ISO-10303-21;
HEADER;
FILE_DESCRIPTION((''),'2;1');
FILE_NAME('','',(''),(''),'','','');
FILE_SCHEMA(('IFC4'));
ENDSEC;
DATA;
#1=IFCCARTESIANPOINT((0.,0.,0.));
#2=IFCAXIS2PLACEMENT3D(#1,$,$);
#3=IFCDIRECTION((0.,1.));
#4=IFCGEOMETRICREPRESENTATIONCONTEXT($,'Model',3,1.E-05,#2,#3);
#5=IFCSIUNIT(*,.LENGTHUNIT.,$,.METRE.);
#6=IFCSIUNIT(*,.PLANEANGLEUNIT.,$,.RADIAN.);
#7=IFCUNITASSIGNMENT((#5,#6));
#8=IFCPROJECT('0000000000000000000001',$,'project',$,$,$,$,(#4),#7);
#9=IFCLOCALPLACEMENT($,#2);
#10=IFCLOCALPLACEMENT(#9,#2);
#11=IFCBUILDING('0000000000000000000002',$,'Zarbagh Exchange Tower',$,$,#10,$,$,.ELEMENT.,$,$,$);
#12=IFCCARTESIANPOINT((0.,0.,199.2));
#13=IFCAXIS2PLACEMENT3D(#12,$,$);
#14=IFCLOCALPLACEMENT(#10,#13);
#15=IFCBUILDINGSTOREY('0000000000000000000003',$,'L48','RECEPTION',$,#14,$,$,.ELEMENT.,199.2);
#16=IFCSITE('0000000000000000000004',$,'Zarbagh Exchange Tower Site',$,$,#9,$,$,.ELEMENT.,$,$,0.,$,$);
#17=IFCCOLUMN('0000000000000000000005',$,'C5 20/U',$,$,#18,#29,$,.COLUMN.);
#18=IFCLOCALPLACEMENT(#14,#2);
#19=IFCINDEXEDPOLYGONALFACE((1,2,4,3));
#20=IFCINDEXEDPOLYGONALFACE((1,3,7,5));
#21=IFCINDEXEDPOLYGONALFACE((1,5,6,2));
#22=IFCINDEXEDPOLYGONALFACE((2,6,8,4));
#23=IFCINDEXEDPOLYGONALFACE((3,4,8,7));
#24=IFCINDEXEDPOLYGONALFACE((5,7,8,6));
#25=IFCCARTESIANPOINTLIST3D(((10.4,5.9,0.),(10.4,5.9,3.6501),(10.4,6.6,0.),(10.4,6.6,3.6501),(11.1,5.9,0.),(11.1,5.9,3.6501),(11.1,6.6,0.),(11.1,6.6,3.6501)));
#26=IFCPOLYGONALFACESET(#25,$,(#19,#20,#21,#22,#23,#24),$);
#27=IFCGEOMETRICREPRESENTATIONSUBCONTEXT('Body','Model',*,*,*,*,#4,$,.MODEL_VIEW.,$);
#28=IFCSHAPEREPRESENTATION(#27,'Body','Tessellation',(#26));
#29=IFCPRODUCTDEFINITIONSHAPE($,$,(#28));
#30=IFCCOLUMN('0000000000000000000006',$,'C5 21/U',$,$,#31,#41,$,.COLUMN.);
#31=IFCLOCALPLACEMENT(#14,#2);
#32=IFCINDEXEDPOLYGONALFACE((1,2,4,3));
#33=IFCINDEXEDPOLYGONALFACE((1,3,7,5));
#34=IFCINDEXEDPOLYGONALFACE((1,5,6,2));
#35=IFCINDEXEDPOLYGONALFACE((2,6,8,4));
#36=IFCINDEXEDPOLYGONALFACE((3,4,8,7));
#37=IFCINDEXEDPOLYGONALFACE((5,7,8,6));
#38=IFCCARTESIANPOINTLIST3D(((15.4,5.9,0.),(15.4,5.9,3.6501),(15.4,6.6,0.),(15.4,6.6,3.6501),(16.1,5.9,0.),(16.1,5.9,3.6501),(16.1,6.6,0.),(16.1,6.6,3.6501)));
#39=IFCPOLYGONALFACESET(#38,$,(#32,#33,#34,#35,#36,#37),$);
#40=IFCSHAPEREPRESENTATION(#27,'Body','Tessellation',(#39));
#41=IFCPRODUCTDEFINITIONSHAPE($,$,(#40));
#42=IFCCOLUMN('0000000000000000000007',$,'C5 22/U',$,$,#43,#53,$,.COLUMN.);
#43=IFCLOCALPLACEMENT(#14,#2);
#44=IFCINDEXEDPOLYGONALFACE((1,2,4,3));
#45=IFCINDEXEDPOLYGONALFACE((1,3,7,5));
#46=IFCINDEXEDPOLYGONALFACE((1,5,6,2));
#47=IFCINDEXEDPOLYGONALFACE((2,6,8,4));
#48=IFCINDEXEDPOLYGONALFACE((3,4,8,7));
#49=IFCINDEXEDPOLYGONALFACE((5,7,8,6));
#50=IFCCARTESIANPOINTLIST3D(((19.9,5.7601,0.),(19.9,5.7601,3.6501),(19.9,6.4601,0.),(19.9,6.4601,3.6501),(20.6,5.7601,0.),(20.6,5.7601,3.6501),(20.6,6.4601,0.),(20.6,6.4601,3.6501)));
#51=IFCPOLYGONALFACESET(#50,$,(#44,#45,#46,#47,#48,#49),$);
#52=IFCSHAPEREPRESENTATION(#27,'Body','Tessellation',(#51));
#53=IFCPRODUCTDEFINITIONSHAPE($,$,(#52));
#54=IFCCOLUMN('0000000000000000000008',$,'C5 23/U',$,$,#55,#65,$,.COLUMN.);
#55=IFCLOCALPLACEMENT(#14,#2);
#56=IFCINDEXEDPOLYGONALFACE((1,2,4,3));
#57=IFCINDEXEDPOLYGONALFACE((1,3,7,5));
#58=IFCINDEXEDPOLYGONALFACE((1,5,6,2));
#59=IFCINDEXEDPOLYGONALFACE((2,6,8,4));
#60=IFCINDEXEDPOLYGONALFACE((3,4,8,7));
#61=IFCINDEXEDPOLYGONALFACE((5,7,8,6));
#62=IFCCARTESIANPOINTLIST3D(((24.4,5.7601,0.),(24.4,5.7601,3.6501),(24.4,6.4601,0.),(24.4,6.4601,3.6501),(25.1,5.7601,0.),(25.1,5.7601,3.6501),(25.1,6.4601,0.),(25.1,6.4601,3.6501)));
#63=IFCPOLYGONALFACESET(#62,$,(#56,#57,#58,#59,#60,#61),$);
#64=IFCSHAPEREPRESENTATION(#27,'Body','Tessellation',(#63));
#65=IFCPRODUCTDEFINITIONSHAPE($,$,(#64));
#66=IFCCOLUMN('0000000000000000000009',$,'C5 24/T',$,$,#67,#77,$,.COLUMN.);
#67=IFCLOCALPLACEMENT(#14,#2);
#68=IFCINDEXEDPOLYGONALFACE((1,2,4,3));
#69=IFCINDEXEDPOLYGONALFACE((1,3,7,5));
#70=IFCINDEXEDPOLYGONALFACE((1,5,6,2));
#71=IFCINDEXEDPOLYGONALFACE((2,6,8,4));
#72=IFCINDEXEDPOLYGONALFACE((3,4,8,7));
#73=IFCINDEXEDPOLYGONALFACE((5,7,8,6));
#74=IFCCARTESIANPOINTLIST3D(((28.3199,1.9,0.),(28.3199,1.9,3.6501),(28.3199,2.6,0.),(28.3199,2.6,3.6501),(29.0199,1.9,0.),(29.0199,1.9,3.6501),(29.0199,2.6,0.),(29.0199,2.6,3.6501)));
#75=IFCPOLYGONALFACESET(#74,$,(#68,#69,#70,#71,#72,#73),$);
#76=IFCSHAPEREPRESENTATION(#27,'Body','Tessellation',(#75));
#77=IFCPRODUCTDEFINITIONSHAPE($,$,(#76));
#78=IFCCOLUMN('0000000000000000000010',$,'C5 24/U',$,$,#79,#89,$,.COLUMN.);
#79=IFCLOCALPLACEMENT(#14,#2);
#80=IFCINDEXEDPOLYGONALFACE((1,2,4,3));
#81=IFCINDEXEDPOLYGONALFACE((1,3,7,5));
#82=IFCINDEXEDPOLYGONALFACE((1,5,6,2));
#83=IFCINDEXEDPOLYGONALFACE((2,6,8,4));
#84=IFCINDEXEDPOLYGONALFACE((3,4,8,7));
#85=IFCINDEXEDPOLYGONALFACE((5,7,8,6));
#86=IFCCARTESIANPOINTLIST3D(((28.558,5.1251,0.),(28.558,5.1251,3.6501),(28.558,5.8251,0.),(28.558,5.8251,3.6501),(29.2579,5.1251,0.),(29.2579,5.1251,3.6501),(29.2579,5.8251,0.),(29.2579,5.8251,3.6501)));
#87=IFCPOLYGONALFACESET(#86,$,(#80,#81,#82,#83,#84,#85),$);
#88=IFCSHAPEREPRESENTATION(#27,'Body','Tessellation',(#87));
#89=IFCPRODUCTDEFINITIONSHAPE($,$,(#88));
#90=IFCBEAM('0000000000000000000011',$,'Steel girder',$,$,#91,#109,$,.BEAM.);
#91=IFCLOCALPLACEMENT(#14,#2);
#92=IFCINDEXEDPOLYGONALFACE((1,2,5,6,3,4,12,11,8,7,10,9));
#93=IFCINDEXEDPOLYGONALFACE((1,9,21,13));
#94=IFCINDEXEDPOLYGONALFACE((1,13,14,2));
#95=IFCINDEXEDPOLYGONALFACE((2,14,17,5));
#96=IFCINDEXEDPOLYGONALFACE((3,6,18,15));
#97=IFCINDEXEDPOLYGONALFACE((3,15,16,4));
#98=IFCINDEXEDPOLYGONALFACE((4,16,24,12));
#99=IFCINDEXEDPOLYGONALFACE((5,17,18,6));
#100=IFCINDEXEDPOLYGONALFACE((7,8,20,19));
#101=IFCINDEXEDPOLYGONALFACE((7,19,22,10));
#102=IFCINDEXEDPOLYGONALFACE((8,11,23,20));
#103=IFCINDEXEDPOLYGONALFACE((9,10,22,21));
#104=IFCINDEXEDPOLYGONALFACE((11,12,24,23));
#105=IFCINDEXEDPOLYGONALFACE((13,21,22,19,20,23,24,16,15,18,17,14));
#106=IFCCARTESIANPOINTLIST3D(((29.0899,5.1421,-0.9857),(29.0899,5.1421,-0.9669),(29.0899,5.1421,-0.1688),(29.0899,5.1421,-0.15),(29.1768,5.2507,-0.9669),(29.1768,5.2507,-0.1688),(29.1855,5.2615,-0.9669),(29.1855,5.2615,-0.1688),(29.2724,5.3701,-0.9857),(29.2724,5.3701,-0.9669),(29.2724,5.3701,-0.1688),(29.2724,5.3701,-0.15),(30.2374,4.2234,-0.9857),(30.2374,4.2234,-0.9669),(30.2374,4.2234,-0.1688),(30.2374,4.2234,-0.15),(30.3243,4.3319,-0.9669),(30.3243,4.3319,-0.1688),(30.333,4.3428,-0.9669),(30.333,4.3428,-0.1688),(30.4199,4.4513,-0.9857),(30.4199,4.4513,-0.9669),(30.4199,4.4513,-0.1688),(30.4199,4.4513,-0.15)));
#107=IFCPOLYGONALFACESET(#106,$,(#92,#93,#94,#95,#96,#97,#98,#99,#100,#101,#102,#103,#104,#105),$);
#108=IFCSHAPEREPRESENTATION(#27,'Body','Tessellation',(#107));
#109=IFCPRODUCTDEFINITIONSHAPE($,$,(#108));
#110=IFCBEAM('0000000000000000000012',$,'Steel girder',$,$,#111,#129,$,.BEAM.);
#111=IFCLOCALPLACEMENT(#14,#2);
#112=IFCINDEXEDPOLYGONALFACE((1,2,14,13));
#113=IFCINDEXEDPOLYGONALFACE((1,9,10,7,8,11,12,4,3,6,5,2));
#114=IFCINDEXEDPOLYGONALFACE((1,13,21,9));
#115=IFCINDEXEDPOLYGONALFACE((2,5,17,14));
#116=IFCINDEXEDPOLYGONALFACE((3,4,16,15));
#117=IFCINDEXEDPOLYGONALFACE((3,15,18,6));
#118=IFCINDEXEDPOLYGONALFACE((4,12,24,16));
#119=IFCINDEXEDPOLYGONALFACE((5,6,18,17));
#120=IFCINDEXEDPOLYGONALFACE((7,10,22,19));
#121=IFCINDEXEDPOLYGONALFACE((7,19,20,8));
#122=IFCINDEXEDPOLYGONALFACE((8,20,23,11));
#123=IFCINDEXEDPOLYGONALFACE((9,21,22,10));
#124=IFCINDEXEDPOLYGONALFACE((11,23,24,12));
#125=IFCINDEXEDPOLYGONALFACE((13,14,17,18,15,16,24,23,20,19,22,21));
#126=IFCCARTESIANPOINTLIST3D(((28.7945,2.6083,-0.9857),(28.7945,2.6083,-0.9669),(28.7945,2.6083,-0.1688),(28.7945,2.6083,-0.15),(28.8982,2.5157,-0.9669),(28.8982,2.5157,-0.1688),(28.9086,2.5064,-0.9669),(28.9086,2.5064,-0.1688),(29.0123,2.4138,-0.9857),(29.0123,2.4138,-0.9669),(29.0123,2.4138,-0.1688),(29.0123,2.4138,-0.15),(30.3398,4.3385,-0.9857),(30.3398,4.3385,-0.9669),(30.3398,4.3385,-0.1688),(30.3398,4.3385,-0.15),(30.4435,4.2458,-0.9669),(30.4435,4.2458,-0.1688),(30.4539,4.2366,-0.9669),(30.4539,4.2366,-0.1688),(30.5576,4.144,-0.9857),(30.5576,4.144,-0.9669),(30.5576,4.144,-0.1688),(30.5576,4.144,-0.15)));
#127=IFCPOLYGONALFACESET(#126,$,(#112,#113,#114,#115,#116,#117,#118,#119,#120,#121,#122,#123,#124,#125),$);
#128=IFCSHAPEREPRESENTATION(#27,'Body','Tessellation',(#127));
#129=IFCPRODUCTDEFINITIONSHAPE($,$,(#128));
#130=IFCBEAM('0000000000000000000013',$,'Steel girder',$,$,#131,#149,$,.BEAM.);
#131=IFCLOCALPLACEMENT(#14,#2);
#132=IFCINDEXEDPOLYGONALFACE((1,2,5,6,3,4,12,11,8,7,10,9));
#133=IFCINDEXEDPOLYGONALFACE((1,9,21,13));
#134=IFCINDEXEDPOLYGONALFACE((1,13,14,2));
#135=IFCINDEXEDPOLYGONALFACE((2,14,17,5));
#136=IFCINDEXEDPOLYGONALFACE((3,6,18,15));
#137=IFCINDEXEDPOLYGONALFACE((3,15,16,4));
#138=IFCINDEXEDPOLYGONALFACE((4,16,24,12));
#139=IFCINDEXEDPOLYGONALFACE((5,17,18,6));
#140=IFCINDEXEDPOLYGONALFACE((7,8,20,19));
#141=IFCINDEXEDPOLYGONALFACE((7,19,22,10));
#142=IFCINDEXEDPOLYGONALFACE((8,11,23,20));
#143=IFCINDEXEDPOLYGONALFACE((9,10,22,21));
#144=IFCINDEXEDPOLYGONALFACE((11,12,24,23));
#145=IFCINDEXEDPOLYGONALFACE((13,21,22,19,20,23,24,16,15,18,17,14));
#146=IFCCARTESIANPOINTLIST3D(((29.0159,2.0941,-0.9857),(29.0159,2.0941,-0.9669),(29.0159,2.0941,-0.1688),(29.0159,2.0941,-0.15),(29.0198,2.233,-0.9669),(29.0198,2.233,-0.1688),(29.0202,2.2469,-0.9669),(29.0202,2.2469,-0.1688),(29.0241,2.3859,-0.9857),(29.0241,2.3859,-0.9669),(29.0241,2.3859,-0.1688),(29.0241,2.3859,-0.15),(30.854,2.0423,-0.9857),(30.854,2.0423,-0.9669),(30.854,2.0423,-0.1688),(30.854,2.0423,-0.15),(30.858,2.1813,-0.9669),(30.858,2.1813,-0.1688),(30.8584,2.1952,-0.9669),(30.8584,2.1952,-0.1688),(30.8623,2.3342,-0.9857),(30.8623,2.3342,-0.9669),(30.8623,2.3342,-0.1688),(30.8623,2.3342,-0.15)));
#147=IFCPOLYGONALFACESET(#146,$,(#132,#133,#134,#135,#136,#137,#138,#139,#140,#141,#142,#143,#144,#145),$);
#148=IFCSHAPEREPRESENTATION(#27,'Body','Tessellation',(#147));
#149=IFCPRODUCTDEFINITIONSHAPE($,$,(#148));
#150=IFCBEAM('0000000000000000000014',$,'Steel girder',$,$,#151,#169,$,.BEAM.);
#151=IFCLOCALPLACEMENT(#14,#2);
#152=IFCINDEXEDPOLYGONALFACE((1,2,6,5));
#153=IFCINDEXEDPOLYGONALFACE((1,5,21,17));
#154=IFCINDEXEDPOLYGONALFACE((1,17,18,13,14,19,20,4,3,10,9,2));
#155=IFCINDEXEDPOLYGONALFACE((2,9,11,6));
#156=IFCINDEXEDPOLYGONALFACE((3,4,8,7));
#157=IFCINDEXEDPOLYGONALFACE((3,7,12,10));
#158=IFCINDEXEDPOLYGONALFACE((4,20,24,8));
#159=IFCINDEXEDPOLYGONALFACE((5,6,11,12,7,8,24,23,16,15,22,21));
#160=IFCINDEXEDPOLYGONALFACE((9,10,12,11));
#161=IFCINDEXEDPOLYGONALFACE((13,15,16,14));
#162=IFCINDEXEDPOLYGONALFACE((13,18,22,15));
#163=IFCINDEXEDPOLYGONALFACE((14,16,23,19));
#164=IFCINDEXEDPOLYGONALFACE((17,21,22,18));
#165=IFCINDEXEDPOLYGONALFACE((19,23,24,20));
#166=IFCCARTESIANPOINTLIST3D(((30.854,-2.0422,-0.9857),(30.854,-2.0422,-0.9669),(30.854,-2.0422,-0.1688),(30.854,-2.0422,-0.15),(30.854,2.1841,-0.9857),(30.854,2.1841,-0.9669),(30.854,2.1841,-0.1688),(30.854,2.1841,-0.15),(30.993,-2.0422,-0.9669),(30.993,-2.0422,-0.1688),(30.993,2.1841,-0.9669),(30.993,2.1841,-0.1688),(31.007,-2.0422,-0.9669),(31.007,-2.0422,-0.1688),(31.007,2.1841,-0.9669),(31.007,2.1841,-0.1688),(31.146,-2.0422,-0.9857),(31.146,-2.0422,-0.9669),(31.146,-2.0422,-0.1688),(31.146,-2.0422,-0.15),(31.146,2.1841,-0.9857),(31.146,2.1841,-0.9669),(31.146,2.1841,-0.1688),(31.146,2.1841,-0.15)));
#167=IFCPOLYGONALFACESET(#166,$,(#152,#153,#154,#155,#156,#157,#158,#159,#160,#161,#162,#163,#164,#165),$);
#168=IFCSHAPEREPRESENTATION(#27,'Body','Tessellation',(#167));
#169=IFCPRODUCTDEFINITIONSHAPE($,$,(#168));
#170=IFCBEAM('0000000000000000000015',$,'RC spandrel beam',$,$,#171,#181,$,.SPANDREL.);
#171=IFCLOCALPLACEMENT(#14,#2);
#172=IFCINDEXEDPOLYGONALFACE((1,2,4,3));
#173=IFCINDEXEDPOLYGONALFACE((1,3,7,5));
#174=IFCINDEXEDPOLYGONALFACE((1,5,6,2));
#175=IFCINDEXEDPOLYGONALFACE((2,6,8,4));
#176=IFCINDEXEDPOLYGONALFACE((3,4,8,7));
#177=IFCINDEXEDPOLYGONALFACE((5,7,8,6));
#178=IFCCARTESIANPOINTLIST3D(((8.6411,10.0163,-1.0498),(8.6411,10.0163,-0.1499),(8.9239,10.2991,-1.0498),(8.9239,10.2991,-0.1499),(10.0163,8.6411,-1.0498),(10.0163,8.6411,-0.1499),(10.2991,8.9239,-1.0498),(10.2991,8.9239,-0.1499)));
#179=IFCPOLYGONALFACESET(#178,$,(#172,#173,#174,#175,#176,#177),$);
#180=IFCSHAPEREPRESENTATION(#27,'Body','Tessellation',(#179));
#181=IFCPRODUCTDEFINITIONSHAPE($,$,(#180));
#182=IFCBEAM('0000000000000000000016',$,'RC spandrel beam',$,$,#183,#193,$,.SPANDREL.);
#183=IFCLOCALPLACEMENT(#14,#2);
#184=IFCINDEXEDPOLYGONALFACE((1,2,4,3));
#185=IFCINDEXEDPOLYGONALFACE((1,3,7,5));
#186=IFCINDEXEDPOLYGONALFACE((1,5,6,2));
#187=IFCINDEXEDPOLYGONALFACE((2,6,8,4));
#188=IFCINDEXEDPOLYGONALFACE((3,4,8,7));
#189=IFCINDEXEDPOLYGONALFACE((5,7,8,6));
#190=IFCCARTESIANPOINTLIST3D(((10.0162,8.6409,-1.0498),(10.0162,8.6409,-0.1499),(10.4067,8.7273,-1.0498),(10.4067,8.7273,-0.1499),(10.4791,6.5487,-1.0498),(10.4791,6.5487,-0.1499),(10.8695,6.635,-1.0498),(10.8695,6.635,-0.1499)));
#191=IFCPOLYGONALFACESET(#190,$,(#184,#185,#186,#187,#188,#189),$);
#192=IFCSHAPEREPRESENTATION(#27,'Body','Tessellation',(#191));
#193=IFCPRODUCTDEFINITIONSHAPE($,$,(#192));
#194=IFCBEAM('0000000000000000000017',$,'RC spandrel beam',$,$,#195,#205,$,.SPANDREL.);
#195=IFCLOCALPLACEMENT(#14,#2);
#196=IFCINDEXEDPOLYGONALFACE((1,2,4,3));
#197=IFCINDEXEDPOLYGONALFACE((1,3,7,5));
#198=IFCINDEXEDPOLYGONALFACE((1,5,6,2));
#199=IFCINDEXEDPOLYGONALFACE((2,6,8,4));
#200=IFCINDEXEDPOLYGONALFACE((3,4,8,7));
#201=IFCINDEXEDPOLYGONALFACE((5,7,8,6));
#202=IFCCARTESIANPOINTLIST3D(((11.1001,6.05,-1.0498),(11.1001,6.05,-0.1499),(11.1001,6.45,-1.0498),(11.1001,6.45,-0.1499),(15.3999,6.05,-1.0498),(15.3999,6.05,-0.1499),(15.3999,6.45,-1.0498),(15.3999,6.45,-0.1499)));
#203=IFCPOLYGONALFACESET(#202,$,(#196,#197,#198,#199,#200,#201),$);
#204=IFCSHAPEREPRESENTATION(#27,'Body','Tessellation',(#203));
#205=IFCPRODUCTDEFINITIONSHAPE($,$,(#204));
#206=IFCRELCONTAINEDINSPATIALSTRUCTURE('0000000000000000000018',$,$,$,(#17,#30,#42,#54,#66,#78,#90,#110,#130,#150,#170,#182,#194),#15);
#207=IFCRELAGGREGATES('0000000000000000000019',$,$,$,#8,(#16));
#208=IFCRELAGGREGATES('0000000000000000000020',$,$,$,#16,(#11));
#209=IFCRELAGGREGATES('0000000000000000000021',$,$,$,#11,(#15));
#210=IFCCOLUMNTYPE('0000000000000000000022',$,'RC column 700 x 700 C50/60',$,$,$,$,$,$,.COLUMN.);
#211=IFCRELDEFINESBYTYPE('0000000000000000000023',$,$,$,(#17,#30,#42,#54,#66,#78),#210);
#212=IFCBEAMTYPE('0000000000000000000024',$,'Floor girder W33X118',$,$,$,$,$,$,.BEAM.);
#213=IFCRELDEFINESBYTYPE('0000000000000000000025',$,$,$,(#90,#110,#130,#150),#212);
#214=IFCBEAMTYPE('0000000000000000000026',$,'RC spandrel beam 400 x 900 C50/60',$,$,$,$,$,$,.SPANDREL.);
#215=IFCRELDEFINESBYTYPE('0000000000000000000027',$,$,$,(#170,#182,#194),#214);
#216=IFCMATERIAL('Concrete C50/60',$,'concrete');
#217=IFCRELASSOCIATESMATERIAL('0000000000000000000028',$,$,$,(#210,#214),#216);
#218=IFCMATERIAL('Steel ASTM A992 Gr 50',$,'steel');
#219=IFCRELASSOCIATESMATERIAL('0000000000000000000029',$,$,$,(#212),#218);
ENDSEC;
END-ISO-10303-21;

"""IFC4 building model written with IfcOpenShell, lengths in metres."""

from ifc_helpers import new_model, si_unit, direction, frame, origin, origin_2d, place, context, subcontext, project, spatial, rectangle, i_section, extrude, material, material_profile, profile_set, type_object, element, save


model = new_model("IFC4")

# Units and contexts
model_context = context("Model", 3, precision=1e-05, world=origin(), true_north=direction((0.0, 1.0)))
body_context = subcontext(model_context, "Body", "Model", "MODEL_VIEW")
ifc_project = project(units=[si_unit("LENGTHUNIT", "METRE"), si_unit("PLANEANGLEUNIT", "RADIAN")], contexts=[model_context])

# Site, building, storey
site_placement = place(None, origin())
site = spatial("IfcSite", under=ifc_project, at=site_placement, Name="Zarbagh Exchange Tower Site", CompositionType="ELEMENT", RefElevation=0.0)
building_placement = place(site_placement, origin())
building = spatial("IfcBuilding", under=site, at=building_placement, Name="Zarbagh Exchange Tower", CompositionType="ELEMENT")
storey_placement = place(building_placement, frame((0.0, 0.0, 199.2)))
storey = spatial("IfcBuildingStorey", under=building, at=storey_placement, Name="L48", Description="RECEPTION", CompositionType="ELEMENT", Elevation=199.2)

# Columns
ifc_material_1 = material(Name="Concrete C50/60", Category="concrete")
ifc_material_profile_1 = material_profile(ifc_material_1, rectangle(XDim=0.7, YDim=0.7, at=origin_2d()), Name="RC column 700 x 700 C50/60")
ifc_profile_set_1 = profile_set([ifc_material_profile_1], Name="Concrete C50/60")
column_type = type_object("IfcColumnType", Name="RC column 700 x 700 C50/60", PredefinedType="COLUMN", material=ifc_profile_set_1)
for number, where, z_axis, x_axis, name in (
    (1, (10.75, 6.25, 0.0), (0.0, 0.0, 1.0), (1.0, 0.0, 0.0), "C5 20/U"),
    (2, (15.75, 6.25, 0.0), (0.0, 0.0, 1.0), (1.0, 0.0, 0.0), "C5 21/U"),
    (3, (20.25, 6.1101, 0.0), (0.0, 0.0, 1.0), (1.0, 0.0, 0.0), "C5 22/U"),
    (4, (24.75, 6.1101, 0.0), (0.0, 0.0, 1.0), (1.0, 0.0, 0.0), "C5 23/U"),
    (5, (28.6699, 2.25, 0.0), (0.0, 0.0, 1.0), (1.0, 0.0, 0.0), "C5 24/T"),
    (6, (28.908, 5.4751, 0.0), (0.0, 0.0, 1.0), (1.0, 0.0, 0.0), "C5 24/U"),
):
    element("IfcColumn", number, at=place(storey_placement, frame(where, z_axis=z_axis, x_axis=x_axis)), inside=storey, type_object=column_type, Name=name, PredefinedType="COLUMN", context=body_context, shape_type="SweptSolid", body=[
        extrude(rectangle(XDim=0.7, YDim=0.7, at=origin_2d()), origin(), (0.0, 0.0, 1.0), 3.6501),
    ])

# Beams
ifc_material_2 = material(Name="Steel ASTM A992 Gr 50", Category="steel")
ifc_material_profile_2 = material_profile(ifc_material_2, i_section(OverallWidth=0.292, OverallDepth=0.8357, WebThickness=0.0139, FlangeThickness=0.0188, at=origin_2d()), Name="W33X118")
ifc_profile_set_2 = profile_set([ifc_material_profile_2], Name="Steel ASTM A992 Gr 50")
beam_type_1 = type_object("IfcBeamType", Name="Floor girder W33X118", PredefinedType="BEAM", material=ifc_profile_set_2)
beam_1_placement = place(storey_placement, frame((29.1812, 5.2561, -0.5679), z_axis=(0.780626, -0.624999, 0.0), x_axis=(0.624999, 0.780626, 0.0)))
element("IfcBeam", 7, at=beam_1_placement, inside=storey, type_object=beam_type_1, Name="Steel girder", PredefinedType="BEAM", context=body_context, shape_type="SweptSolid", body=[
    extrude(i_section(OverallWidth=0.292, OverallDepth=0.8357, WebThickness=0.0139, FlangeThickness=0.0188, at=origin_2d()), origin(), (0.0, 0.0, 1.0), 1.47),
])
beam_2_placement = place(storey_placement, frame((30.4487, 4.2412, -0.5679), z_axis=(-0.666152, -0.745816, 0.0), x_axis=(0.745816, -0.666152, 0.0)))
element("IfcBeam", 8, at=beam_2_placement, inside=storey, type_object=beam_type_1, Name="Steel girder", PredefinedType="BEAM", context=body_context, shape_type="SweptSolid", body=[
    extrude(i_section(OverallWidth=0.292, OverallDepth=0.8357, WebThickness=0.0139, FlangeThickness=0.0188, at=origin_2d()), origin(), (0.0, 0.0, 1.0), 2.3198),
])
beam_3_placement = place(storey_placement, frame((29.02, 2.24, -0.5679), z_axis=(0.999604, -0.028147, 0.0), x_axis=(0.028147, 0.999604, 0.0)))
element("IfcBeam", 9, at=beam_3_placement, inside=storey, type_object=beam_type_1, Name="Steel girder", PredefinedType="BEAM", context=body_context, shape_type="SweptSolid", body=[
    extrude(i_section(OverallWidth=0.292, OverallDepth=0.8357, WebThickness=0.0139, FlangeThickness=0.0188, at=origin_2d()), origin(), (0.0, 0.0, 1.0), 1.8389),
])
beam_4_placement = place(storey_placement, frame((31.0, 2.1841, -0.5679), z_axis=(0.0, -1.0, 0.0), x_axis=(1.0, 0.0, 0.0)))
element("IfcBeam", 10, at=beam_4_placement, inside=storey, type_object=beam_type_1, Name="Steel girder", PredefinedType="BEAM", context=body_context, shape_type="SweptSolid", body=[
    extrude(i_section(OverallWidth=0.292, OverallDepth=0.8357, WebThickness=0.0139, FlangeThickness=0.0188, at=origin_2d()), origin(), (0.0, 0.0, 1.0), 4.2263),
])
ifc_material_profile_3 = material_profile(ifc_material_1, rectangle(XDim=0.3999, YDim=0.8999, at=origin_2d()), Name="RC spandrel beam 400 x 900 C50/60")
ifc_profile_set_3 = profile_set([ifc_material_profile_3], Name="Concrete C50/60")
beam_type_2 = type_object("IfcBeamType", Name="RC spandrel beam 400 x 900 C50/60", PredefinedType="SPANDREL", material=ifc_profile_set_3)
beam_5_placement = place(storey_placement, frame((8.7825, 10.1577, -0.5999), z_axis=(0.707107, -0.707107, 0.0), x_axis=(0.707107, 0.707107, 0.0)))
element("IfcBeam", 11, at=beam_5_placement, inside=storey, type_object=beam_type_2, Name="RC spandrel beam", PredefinedType="SPANDREL", context=body_context, shape_type="SweptSolid", body=[
    extrude(rectangle(XDim=0.3999, YDim=0.8999, at=origin_2d()), origin(), (0.0, 0.0, 1.0), 1.9448),
])
beam_6_placement = place(storey_placement, frame((10.2114, 8.6841, -0.5999), z_axis=(0.216014, -0.97639, 0.0), x_axis=(0.97639, 0.216014, 0.0)))
element("IfcBeam", 12, at=beam_6_placement, inside=storey, type_object=beam_type_2, Name="RC spandrel beam", PredefinedType="SPANDREL", context=body_context, shape_type="SweptSolid", body=[
    extrude(rectangle(XDim=0.3999, YDim=0.8999, at=origin_2d()), origin(), (0.0, 0.0, 1.0), 2.1428),
])
beam_7_placement = place(storey_placement, frame((11.1001, 6.25, -0.5999), z_axis=(1.0, 0.0, 0.0), x_axis=(0.0, 1.0, 0.0)))
element("IfcBeam", 13, at=beam_7_placement, inside=storey, type_object=beam_type_2, Name="RC spandrel beam", PredefinedType="SPANDREL", context=body_context, shape_type="SweptSolid", body=[
    extrude(rectangle(XDim=0.3999, YDim=0.8999, at=origin_2d()), origin(), (0.0, 0.0, 1.0), 4.2998),
])

save(model, "model.ifc")
